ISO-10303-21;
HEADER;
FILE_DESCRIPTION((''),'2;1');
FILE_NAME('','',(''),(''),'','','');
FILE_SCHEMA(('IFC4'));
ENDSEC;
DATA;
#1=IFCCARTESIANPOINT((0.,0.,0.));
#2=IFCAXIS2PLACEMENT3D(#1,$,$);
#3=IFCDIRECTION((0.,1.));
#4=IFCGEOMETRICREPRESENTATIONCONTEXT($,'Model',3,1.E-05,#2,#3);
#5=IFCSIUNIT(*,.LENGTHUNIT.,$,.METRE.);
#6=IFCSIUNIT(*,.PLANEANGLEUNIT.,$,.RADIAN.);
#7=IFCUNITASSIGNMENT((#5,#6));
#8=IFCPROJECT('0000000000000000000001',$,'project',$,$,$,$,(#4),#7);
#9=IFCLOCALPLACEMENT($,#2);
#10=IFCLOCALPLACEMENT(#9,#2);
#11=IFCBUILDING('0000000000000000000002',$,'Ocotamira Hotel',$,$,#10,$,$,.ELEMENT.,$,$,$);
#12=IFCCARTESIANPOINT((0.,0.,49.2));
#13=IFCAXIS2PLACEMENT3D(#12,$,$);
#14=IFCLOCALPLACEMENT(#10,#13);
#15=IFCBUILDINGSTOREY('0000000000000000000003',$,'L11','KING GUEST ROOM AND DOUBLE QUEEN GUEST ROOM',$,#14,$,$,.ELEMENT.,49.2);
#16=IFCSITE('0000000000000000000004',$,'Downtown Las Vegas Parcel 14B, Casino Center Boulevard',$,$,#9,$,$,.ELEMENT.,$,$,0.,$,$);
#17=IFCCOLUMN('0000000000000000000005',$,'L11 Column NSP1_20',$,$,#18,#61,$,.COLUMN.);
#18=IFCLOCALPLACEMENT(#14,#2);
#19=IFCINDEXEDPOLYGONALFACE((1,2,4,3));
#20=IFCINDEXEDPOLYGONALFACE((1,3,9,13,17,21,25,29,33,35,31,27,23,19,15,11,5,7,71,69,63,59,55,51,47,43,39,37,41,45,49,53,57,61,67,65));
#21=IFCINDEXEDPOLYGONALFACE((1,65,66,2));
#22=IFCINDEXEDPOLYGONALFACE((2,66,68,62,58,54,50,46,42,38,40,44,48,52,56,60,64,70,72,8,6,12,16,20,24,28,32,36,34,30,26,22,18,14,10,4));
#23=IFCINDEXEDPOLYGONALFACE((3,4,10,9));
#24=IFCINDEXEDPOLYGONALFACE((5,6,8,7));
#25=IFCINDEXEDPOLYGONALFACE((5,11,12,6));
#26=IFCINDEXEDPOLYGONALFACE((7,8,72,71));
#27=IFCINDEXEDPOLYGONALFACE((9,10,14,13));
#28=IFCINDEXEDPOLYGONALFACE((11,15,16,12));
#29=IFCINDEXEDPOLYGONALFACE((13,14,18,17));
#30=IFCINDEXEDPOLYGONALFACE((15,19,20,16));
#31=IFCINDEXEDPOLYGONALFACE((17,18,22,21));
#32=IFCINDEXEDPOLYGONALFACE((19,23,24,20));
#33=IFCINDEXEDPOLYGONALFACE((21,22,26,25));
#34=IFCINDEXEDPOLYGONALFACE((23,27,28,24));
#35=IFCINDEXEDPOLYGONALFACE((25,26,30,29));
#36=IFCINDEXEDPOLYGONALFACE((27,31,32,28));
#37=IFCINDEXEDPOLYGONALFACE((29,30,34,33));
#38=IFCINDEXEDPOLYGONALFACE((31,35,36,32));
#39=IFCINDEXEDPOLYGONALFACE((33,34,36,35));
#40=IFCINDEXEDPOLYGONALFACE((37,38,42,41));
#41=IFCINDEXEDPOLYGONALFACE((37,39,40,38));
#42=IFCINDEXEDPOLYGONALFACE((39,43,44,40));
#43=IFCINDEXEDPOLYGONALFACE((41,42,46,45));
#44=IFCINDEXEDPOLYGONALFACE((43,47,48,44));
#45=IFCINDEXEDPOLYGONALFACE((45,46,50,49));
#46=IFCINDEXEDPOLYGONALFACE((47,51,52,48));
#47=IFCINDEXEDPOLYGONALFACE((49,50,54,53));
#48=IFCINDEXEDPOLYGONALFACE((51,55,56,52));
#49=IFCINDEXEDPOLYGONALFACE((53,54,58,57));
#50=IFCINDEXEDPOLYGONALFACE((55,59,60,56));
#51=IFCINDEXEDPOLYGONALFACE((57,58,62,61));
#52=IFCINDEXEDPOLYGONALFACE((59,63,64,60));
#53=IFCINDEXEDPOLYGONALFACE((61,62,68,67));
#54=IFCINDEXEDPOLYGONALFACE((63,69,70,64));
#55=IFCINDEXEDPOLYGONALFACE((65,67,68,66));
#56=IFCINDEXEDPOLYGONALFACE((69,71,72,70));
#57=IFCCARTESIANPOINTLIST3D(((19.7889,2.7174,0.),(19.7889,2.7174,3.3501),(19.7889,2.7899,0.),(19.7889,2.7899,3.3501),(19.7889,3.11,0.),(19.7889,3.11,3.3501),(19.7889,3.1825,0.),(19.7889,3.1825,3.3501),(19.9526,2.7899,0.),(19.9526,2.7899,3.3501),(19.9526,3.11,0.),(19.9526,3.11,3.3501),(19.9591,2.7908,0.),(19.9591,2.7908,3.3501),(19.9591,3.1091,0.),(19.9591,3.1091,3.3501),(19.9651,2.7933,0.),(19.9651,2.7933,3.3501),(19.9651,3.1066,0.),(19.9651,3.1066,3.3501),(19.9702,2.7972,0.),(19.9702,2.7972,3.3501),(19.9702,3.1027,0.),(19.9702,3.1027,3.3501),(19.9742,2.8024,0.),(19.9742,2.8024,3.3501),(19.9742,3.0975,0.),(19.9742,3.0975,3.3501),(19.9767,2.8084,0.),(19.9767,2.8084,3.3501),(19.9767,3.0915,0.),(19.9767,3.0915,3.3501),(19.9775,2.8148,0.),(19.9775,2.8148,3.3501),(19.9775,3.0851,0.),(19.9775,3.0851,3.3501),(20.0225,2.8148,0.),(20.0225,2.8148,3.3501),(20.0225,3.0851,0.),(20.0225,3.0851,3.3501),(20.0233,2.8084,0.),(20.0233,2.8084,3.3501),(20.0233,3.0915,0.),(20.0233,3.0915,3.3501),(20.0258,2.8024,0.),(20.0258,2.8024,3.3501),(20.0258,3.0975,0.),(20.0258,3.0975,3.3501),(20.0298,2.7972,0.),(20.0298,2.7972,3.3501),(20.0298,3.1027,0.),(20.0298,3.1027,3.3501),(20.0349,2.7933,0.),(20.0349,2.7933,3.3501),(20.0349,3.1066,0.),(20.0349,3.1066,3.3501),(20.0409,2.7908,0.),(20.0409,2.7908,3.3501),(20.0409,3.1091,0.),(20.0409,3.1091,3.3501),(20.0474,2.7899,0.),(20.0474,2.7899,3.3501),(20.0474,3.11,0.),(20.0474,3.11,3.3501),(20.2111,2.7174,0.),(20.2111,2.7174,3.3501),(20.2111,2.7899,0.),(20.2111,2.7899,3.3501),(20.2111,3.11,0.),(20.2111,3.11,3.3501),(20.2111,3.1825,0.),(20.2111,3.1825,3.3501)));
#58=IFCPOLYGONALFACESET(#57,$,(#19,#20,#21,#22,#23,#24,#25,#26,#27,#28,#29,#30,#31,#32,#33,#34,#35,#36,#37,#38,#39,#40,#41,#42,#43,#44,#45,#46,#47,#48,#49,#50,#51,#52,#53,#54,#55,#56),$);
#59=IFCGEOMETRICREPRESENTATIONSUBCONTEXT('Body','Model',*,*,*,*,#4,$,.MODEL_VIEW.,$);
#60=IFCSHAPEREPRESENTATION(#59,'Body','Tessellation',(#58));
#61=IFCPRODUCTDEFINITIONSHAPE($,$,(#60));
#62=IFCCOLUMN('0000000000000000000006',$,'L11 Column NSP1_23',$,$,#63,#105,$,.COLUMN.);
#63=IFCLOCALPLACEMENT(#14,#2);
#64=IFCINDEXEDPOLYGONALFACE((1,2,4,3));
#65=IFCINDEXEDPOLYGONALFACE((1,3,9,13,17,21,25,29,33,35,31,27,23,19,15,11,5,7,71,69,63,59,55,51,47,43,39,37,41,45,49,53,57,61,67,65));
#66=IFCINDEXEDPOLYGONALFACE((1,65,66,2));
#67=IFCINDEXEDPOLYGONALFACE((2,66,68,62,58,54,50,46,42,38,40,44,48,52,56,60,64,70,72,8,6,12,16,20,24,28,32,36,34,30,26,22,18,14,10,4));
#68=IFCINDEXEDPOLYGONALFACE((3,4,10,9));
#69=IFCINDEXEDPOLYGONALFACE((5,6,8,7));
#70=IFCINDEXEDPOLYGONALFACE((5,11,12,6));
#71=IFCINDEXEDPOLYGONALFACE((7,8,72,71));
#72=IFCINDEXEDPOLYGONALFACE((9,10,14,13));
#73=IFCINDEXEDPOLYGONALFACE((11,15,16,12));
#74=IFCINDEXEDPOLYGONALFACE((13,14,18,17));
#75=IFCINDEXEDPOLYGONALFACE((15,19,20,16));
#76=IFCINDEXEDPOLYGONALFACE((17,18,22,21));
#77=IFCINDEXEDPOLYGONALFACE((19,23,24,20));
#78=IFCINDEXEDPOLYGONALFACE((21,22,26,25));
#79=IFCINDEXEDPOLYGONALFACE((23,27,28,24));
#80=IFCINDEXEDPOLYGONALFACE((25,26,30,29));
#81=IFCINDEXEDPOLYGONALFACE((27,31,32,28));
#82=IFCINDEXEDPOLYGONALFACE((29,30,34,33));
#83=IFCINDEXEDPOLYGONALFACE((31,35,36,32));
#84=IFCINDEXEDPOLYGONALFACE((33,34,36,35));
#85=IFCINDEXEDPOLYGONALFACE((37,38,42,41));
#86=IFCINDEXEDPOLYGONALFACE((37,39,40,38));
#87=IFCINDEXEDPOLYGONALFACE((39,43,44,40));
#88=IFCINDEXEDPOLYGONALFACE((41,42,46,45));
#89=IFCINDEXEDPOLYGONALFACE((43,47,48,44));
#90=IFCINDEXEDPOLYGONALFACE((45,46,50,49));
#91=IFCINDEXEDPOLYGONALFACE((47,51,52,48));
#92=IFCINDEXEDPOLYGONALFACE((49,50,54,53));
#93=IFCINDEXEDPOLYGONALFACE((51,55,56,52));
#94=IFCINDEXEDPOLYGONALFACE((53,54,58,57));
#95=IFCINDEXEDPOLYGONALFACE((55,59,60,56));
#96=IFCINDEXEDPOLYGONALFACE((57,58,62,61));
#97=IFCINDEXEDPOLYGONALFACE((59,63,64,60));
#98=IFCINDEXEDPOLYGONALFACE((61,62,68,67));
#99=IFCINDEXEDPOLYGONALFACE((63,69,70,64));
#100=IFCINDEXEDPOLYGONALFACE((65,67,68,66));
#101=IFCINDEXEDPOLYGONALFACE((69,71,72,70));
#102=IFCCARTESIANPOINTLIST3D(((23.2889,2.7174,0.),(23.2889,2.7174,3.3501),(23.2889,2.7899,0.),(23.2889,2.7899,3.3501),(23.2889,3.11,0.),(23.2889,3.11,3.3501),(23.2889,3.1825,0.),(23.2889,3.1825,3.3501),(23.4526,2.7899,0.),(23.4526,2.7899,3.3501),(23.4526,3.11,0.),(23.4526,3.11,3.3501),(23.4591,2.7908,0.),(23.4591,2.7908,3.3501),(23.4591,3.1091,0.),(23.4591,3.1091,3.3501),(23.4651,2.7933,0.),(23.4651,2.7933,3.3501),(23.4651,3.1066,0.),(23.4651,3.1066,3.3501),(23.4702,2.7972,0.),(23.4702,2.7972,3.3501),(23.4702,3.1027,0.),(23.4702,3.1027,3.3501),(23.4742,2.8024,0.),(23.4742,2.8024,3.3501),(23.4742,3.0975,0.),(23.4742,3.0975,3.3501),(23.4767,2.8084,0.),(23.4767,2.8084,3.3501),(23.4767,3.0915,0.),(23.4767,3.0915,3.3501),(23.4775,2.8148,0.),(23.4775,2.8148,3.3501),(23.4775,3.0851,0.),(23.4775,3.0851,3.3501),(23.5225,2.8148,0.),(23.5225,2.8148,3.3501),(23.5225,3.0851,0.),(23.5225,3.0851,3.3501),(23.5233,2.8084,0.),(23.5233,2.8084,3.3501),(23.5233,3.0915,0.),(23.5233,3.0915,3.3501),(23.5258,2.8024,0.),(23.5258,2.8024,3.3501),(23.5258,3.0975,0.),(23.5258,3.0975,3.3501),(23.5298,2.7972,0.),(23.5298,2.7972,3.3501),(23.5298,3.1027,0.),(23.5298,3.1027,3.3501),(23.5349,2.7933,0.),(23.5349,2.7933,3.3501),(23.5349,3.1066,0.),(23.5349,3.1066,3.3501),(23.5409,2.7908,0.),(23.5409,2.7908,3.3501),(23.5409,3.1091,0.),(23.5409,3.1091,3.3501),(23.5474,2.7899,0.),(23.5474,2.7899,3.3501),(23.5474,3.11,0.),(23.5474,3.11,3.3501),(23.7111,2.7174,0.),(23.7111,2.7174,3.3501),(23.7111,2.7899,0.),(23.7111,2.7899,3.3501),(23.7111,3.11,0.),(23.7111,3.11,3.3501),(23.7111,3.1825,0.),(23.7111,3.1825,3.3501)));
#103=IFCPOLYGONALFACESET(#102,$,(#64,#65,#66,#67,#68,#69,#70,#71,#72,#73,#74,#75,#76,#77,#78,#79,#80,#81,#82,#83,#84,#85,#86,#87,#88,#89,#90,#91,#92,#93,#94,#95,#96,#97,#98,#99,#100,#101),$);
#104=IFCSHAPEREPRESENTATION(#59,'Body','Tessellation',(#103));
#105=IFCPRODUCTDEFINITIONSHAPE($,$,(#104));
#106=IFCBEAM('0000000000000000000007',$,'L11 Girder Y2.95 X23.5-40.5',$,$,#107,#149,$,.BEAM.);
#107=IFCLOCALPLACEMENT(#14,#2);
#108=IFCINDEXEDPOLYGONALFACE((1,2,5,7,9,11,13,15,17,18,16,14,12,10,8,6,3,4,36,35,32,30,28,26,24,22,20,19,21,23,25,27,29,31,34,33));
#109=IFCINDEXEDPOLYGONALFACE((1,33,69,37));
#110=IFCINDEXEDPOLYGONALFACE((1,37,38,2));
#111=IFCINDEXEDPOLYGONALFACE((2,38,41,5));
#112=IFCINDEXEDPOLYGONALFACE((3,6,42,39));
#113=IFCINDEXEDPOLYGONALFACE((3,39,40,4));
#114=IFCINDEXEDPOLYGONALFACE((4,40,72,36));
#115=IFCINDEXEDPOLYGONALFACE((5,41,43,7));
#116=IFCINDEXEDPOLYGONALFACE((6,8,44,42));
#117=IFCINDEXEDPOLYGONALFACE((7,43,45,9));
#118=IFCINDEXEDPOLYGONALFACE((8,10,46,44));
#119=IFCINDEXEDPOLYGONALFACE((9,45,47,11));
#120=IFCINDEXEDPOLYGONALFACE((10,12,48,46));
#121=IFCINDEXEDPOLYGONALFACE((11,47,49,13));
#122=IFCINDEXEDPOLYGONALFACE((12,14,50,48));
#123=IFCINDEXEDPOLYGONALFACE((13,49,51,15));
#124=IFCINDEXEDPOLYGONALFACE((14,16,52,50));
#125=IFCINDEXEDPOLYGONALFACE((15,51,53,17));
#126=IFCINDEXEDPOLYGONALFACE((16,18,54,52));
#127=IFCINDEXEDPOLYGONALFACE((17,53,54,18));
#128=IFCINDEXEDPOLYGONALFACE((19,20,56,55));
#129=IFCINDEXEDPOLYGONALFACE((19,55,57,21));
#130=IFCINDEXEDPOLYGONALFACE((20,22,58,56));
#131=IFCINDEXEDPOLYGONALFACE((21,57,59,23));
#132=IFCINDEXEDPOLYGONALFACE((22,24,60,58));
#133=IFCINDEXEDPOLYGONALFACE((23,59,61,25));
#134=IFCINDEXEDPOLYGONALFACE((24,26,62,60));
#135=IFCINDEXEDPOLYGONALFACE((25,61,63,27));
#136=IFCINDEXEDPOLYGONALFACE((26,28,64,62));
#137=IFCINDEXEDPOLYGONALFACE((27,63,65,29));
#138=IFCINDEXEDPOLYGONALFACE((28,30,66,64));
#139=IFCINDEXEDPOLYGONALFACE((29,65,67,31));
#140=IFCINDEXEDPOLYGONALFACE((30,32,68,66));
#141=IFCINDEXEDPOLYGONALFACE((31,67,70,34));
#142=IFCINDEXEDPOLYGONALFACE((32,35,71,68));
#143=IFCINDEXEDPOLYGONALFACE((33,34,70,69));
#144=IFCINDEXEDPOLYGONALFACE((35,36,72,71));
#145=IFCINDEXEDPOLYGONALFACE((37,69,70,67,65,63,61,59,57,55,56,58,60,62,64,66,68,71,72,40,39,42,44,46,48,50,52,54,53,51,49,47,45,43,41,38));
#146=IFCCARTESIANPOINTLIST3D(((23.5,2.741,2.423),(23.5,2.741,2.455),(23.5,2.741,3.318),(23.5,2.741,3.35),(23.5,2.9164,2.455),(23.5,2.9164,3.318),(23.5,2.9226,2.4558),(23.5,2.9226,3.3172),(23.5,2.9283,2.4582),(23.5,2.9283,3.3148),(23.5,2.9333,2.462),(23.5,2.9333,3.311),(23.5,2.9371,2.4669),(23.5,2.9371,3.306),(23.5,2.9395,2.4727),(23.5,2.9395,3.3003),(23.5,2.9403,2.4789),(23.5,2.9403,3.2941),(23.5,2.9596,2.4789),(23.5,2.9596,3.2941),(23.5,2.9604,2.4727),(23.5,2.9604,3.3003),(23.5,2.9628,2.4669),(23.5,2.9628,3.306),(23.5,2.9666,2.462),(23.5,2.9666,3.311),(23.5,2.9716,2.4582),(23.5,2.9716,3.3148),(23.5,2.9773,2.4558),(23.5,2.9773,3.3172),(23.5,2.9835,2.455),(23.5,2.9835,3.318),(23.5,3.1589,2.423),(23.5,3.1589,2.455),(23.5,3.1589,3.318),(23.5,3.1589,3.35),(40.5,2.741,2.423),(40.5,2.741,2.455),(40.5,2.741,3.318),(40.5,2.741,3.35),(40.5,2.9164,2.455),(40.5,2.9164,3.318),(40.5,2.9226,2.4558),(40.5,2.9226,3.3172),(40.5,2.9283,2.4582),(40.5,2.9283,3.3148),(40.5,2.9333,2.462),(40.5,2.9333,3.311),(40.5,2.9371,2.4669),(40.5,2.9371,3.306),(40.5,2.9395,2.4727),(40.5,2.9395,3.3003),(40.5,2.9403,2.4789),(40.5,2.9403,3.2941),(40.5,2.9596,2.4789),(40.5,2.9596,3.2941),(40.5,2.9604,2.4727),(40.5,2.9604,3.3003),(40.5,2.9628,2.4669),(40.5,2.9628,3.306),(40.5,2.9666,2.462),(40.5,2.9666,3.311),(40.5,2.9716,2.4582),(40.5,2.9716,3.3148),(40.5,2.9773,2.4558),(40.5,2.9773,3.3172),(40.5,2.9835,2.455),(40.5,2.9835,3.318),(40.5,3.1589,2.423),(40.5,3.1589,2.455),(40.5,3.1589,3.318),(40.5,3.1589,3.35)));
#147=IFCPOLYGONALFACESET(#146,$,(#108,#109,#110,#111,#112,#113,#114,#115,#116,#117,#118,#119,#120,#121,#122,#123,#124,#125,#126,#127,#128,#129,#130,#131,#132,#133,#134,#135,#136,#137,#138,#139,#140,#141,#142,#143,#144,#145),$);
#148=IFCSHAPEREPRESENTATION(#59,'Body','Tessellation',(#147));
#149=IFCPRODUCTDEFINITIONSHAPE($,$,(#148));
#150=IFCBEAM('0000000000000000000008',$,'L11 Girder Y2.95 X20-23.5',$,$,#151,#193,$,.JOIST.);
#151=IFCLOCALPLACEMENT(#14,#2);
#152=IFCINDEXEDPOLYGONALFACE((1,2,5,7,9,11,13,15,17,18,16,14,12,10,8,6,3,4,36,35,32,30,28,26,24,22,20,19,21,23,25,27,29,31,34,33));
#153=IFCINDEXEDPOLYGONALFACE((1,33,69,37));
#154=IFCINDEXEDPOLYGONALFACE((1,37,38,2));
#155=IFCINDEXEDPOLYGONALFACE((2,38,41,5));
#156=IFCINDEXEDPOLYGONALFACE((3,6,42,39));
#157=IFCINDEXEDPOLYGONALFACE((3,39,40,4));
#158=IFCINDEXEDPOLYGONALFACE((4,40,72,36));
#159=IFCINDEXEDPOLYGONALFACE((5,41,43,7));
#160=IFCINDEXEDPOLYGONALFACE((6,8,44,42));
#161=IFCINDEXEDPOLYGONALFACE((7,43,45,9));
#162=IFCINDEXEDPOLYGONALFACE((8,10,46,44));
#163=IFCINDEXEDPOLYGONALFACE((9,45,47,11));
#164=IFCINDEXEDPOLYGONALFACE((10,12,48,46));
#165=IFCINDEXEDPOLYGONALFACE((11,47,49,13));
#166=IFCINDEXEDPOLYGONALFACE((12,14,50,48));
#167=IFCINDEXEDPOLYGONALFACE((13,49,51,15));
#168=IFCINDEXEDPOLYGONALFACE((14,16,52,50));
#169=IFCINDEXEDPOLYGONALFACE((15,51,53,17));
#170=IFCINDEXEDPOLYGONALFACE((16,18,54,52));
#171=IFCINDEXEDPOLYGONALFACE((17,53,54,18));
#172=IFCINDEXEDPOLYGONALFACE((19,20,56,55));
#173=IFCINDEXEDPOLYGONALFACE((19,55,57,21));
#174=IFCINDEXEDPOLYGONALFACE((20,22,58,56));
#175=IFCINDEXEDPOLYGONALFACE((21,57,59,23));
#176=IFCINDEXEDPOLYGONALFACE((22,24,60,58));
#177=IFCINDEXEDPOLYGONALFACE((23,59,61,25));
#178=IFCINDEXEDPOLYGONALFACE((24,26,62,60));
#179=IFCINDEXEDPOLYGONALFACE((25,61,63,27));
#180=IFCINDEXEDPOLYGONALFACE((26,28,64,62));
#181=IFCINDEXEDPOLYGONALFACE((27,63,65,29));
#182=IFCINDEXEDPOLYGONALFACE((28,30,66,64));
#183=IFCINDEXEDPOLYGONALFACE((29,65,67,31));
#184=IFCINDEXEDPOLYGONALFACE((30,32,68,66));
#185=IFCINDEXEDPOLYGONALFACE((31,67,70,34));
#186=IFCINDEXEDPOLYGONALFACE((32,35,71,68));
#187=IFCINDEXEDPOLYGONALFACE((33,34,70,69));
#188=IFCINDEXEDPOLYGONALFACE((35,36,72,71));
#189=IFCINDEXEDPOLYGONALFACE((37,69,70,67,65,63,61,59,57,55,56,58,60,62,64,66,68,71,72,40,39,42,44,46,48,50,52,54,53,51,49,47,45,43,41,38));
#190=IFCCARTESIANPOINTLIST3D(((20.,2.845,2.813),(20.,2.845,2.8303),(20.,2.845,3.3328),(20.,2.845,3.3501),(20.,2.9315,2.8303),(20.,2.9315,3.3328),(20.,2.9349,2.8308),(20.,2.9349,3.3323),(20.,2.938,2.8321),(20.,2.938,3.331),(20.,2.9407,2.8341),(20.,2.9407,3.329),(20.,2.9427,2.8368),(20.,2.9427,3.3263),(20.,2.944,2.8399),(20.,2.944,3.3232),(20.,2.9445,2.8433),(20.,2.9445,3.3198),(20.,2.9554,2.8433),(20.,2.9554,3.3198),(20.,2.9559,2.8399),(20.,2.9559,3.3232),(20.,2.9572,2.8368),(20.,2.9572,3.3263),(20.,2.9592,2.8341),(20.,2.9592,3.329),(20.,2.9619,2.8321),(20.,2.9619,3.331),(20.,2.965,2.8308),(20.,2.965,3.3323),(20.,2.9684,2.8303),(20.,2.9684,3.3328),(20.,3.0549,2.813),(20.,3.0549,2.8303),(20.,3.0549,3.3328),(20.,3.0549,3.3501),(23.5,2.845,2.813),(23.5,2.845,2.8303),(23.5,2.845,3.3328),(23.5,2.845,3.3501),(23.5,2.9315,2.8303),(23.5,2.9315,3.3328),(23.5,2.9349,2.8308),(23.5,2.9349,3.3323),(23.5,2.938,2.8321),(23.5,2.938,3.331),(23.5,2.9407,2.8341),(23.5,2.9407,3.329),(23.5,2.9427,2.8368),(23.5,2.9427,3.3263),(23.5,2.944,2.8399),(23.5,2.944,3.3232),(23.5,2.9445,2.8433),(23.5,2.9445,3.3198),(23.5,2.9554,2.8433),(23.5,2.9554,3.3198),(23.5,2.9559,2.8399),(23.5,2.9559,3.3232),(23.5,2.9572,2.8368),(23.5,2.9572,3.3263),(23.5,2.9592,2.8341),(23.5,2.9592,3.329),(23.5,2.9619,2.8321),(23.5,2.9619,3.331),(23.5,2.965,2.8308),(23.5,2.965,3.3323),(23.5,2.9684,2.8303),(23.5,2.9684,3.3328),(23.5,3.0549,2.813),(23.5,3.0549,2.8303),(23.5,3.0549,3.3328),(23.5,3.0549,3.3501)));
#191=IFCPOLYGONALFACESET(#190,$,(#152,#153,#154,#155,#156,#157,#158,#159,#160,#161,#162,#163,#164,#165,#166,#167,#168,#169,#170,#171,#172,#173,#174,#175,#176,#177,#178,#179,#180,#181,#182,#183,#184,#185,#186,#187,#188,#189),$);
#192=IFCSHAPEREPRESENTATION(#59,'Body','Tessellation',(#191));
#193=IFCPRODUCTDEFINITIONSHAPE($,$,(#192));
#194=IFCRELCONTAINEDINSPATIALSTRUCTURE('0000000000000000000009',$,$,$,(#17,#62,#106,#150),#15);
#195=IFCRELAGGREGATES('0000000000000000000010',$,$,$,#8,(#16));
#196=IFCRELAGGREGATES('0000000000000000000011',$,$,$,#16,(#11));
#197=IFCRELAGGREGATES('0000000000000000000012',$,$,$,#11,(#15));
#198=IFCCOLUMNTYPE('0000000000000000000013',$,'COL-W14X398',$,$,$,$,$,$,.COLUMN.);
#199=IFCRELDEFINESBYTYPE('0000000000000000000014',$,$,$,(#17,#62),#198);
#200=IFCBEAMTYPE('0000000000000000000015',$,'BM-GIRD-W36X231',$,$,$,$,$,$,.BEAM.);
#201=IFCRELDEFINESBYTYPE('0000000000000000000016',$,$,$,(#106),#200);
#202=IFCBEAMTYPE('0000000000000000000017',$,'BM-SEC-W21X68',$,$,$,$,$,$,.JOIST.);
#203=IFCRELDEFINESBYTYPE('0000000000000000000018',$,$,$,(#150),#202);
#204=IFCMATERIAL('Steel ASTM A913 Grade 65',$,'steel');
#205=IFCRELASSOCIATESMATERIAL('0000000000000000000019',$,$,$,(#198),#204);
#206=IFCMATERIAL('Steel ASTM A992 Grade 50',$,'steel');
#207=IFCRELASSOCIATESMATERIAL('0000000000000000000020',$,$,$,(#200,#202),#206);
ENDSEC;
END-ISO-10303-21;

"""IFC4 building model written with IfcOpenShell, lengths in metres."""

from ifc_helpers import new_model, si_unit, direction, frame, origin, origin_2d, place, context, subcontext, project, spatial, i_section, extrude, source, transform, mapped, material, material_profile, profile_set, type_object, element, save


model = new_model("IFC4")

# Units and contexts
model_context = context("Model", 3, precision=1e-05, world=origin(), true_north=direction((0.0, 1.0)))
body_context = subcontext(model_context, "Body", "Model", "MODEL_VIEW")
ifc_project = project(units=[si_unit("LENGTHUNIT", "METRE"), si_unit("PLANEANGLEUNIT", "RADIAN")], contexts=[model_context])

# Site, building, storey
site_placement = place(None, origin())
site = spatial("IfcSite", under=ifc_project, at=site_placement, Name="Downtown Las Vegas Parcel 14B, Casino Center Boulevard", CompositionType="ELEMENT", RefElevation=0.0)
building_placement = place(site_placement, origin())
building = spatial("IfcBuilding", under=site, at=building_placement, Name="Ocotamira Hotel", CompositionType="ELEMENT")
storey_placement = place(building_placement, frame((0.0, 0.0, 49.2)))
storey = spatial("IfcBuildingStorey", under=building, at=storey_placement, Name="L11", Description="KING GUEST ROOM AND DOUBLE QUEEN GUEST ROOM", CompositionType="ELEMENT", Elevation=49.2)

# Columns
ifc_material_1 = material(Name="Steel ASTM A913 Grade 65", Category="steel")
ifc_material_profile_1 = material_profile(ifc_material_1, i_section(OverallWidth=0.4221, OverallDepth=0.4651, WebThickness=0.0449, FlangeThickness=0.0725, FilletRadius=0.0249, at=origin_2d()), Name="W14X398")
ifc_profile_set_1 = profile_set([ifc_material_profile_1], Name="Steel ASTM A913 Grade 65")
column_type = type_object("IfcColumnType", Name="COL-W14X398", PredefinedType="COLUMN", material=ifc_profile_set_1)
shared_shape_1 = source(origin(), body_context, "Body", "SweptSolid", [
    extrude(i_section(OverallWidth=0.4221, OverallDepth=0.4651, WebThickness=0.0449, FlangeThickness=0.0725, FilletRadius=0.0249, at=origin_2d()), origin(), (0.0, 0.0, 1.0), 3.3501),
])
for number, where, z_axis, x_axis, name in (
    (1, (20.0, 2.95, 0.0), (0.0, 0.0, 1.0), (1.0, 0.0, 0.0), "L11 Column NSP1_20"),
    (2, (23.5, 2.95, 0.0), (0.0, 0.0, 1.0), (1.0, 0.0, 0.0), "L11 Column NSP1_23"),
):
    element("IfcColumn", number, at=place(storey_placement, frame(where, z_axis=z_axis, x_axis=x_axis)), inside=storey, type_object=column_type, Name=name, PredefinedType="COLUMN", context=body_context, shape_type="MappedRepresentation", body=[
        mapped(shared_shape_1, transform((0.0, 0.0, 0.0), scale=1.0)),
    ])

# Beams
ifc_material_2 = material(Name="Steel ASTM A992 Grade 50", Category="steel")
ifc_material_profile_2 = material_profile(ifc_material_2, i_section(OverallWidth=0.418, OverallDepth=0.927, WebThickness=0.0193, FlangeThickness=0.032, FilletRadius=0.0239, at=origin_2d()), Name="W36X231")
ifc_profile_set_2 = profile_set([ifc_material_profile_2], Name="Steel ASTM A992 Grade 50")
beam_type_1 = type_object("IfcBeamType", Name="BM-GIRD-W36X231", PredefinedType="BEAM", material=ifc_profile_set_2)
shared_shape_2 = source(origin(), body_context, "Body", "SweptSolid", [
    extrude(i_section(OverallWidth=0.418, OverallDepth=0.927, WebThickness=0.0193, FlangeThickness=0.032, FilletRadius=0.0239, at=origin_2d()), origin(), (0.0, 0.0, 1.0), 17.0),
])
beam_1_placement = place(storey_placement, frame((23.5, 2.95, 2.8865), z_axis=(1.0, 0.0, 0.0), x_axis=(0.0, 1.0, 0.0)))
element("IfcBeam", 3, at=beam_1_placement, inside=storey, type_object=beam_type_1, Name="L11 Girder Y2.95 X23.5-40.5", PredefinedType="BEAM", context=body_context, shape_type="MappedRepresentation", body=[
    mapped(shared_shape_2, transform((0.0, 0.0, 0.0), scale=1.0)),
])
ifc_material_profile_3 = material_profile(ifc_material_2, i_section(OverallWidth=0.21, OverallDepth=0.5371, WebThickness=0.011, FlangeThickness=0.0173, FilletRadius=0.0129, at=origin_2d()), Name="W21X68")
ifc_profile_set_3 = profile_set([ifc_material_profile_3], Name="Steel ASTM A992 Grade 50")
beam_type_2 = type_object("IfcBeamType", Name="BM-SEC-W21X68", PredefinedType="JOIST", material=ifc_profile_set_3)
shared_shape_3 = source(origin(), body_context, "Body", "SweptSolid", [
    extrude(i_section(OverallWidth=0.21, OverallDepth=0.5371, WebThickness=0.011, FlangeThickness=0.0173, FilletRadius=0.0129, at=origin_2d()), origin(), (0.0, 0.0, 1.0), 3.5),
])
beam_2_placement = place(storey_placement, frame((20.0, 2.95, 3.0815), z_axis=(1.0, 0.0, 0.0), x_axis=(0.0, 1.0, 0.0)))
element("IfcBeam", 4, at=beam_2_placement, inside=storey, type_object=beam_type_2, Name="L11 Girder Y2.95 X20-23.5", PredefinedType="JOIST", context=body_context, shape_type="MappedRepresentation", body=[
    mapped(shared_shape_3, transform((0.0, 0.0, 0.0), scale=1.0)),
])

save(model, "model.ifc")
